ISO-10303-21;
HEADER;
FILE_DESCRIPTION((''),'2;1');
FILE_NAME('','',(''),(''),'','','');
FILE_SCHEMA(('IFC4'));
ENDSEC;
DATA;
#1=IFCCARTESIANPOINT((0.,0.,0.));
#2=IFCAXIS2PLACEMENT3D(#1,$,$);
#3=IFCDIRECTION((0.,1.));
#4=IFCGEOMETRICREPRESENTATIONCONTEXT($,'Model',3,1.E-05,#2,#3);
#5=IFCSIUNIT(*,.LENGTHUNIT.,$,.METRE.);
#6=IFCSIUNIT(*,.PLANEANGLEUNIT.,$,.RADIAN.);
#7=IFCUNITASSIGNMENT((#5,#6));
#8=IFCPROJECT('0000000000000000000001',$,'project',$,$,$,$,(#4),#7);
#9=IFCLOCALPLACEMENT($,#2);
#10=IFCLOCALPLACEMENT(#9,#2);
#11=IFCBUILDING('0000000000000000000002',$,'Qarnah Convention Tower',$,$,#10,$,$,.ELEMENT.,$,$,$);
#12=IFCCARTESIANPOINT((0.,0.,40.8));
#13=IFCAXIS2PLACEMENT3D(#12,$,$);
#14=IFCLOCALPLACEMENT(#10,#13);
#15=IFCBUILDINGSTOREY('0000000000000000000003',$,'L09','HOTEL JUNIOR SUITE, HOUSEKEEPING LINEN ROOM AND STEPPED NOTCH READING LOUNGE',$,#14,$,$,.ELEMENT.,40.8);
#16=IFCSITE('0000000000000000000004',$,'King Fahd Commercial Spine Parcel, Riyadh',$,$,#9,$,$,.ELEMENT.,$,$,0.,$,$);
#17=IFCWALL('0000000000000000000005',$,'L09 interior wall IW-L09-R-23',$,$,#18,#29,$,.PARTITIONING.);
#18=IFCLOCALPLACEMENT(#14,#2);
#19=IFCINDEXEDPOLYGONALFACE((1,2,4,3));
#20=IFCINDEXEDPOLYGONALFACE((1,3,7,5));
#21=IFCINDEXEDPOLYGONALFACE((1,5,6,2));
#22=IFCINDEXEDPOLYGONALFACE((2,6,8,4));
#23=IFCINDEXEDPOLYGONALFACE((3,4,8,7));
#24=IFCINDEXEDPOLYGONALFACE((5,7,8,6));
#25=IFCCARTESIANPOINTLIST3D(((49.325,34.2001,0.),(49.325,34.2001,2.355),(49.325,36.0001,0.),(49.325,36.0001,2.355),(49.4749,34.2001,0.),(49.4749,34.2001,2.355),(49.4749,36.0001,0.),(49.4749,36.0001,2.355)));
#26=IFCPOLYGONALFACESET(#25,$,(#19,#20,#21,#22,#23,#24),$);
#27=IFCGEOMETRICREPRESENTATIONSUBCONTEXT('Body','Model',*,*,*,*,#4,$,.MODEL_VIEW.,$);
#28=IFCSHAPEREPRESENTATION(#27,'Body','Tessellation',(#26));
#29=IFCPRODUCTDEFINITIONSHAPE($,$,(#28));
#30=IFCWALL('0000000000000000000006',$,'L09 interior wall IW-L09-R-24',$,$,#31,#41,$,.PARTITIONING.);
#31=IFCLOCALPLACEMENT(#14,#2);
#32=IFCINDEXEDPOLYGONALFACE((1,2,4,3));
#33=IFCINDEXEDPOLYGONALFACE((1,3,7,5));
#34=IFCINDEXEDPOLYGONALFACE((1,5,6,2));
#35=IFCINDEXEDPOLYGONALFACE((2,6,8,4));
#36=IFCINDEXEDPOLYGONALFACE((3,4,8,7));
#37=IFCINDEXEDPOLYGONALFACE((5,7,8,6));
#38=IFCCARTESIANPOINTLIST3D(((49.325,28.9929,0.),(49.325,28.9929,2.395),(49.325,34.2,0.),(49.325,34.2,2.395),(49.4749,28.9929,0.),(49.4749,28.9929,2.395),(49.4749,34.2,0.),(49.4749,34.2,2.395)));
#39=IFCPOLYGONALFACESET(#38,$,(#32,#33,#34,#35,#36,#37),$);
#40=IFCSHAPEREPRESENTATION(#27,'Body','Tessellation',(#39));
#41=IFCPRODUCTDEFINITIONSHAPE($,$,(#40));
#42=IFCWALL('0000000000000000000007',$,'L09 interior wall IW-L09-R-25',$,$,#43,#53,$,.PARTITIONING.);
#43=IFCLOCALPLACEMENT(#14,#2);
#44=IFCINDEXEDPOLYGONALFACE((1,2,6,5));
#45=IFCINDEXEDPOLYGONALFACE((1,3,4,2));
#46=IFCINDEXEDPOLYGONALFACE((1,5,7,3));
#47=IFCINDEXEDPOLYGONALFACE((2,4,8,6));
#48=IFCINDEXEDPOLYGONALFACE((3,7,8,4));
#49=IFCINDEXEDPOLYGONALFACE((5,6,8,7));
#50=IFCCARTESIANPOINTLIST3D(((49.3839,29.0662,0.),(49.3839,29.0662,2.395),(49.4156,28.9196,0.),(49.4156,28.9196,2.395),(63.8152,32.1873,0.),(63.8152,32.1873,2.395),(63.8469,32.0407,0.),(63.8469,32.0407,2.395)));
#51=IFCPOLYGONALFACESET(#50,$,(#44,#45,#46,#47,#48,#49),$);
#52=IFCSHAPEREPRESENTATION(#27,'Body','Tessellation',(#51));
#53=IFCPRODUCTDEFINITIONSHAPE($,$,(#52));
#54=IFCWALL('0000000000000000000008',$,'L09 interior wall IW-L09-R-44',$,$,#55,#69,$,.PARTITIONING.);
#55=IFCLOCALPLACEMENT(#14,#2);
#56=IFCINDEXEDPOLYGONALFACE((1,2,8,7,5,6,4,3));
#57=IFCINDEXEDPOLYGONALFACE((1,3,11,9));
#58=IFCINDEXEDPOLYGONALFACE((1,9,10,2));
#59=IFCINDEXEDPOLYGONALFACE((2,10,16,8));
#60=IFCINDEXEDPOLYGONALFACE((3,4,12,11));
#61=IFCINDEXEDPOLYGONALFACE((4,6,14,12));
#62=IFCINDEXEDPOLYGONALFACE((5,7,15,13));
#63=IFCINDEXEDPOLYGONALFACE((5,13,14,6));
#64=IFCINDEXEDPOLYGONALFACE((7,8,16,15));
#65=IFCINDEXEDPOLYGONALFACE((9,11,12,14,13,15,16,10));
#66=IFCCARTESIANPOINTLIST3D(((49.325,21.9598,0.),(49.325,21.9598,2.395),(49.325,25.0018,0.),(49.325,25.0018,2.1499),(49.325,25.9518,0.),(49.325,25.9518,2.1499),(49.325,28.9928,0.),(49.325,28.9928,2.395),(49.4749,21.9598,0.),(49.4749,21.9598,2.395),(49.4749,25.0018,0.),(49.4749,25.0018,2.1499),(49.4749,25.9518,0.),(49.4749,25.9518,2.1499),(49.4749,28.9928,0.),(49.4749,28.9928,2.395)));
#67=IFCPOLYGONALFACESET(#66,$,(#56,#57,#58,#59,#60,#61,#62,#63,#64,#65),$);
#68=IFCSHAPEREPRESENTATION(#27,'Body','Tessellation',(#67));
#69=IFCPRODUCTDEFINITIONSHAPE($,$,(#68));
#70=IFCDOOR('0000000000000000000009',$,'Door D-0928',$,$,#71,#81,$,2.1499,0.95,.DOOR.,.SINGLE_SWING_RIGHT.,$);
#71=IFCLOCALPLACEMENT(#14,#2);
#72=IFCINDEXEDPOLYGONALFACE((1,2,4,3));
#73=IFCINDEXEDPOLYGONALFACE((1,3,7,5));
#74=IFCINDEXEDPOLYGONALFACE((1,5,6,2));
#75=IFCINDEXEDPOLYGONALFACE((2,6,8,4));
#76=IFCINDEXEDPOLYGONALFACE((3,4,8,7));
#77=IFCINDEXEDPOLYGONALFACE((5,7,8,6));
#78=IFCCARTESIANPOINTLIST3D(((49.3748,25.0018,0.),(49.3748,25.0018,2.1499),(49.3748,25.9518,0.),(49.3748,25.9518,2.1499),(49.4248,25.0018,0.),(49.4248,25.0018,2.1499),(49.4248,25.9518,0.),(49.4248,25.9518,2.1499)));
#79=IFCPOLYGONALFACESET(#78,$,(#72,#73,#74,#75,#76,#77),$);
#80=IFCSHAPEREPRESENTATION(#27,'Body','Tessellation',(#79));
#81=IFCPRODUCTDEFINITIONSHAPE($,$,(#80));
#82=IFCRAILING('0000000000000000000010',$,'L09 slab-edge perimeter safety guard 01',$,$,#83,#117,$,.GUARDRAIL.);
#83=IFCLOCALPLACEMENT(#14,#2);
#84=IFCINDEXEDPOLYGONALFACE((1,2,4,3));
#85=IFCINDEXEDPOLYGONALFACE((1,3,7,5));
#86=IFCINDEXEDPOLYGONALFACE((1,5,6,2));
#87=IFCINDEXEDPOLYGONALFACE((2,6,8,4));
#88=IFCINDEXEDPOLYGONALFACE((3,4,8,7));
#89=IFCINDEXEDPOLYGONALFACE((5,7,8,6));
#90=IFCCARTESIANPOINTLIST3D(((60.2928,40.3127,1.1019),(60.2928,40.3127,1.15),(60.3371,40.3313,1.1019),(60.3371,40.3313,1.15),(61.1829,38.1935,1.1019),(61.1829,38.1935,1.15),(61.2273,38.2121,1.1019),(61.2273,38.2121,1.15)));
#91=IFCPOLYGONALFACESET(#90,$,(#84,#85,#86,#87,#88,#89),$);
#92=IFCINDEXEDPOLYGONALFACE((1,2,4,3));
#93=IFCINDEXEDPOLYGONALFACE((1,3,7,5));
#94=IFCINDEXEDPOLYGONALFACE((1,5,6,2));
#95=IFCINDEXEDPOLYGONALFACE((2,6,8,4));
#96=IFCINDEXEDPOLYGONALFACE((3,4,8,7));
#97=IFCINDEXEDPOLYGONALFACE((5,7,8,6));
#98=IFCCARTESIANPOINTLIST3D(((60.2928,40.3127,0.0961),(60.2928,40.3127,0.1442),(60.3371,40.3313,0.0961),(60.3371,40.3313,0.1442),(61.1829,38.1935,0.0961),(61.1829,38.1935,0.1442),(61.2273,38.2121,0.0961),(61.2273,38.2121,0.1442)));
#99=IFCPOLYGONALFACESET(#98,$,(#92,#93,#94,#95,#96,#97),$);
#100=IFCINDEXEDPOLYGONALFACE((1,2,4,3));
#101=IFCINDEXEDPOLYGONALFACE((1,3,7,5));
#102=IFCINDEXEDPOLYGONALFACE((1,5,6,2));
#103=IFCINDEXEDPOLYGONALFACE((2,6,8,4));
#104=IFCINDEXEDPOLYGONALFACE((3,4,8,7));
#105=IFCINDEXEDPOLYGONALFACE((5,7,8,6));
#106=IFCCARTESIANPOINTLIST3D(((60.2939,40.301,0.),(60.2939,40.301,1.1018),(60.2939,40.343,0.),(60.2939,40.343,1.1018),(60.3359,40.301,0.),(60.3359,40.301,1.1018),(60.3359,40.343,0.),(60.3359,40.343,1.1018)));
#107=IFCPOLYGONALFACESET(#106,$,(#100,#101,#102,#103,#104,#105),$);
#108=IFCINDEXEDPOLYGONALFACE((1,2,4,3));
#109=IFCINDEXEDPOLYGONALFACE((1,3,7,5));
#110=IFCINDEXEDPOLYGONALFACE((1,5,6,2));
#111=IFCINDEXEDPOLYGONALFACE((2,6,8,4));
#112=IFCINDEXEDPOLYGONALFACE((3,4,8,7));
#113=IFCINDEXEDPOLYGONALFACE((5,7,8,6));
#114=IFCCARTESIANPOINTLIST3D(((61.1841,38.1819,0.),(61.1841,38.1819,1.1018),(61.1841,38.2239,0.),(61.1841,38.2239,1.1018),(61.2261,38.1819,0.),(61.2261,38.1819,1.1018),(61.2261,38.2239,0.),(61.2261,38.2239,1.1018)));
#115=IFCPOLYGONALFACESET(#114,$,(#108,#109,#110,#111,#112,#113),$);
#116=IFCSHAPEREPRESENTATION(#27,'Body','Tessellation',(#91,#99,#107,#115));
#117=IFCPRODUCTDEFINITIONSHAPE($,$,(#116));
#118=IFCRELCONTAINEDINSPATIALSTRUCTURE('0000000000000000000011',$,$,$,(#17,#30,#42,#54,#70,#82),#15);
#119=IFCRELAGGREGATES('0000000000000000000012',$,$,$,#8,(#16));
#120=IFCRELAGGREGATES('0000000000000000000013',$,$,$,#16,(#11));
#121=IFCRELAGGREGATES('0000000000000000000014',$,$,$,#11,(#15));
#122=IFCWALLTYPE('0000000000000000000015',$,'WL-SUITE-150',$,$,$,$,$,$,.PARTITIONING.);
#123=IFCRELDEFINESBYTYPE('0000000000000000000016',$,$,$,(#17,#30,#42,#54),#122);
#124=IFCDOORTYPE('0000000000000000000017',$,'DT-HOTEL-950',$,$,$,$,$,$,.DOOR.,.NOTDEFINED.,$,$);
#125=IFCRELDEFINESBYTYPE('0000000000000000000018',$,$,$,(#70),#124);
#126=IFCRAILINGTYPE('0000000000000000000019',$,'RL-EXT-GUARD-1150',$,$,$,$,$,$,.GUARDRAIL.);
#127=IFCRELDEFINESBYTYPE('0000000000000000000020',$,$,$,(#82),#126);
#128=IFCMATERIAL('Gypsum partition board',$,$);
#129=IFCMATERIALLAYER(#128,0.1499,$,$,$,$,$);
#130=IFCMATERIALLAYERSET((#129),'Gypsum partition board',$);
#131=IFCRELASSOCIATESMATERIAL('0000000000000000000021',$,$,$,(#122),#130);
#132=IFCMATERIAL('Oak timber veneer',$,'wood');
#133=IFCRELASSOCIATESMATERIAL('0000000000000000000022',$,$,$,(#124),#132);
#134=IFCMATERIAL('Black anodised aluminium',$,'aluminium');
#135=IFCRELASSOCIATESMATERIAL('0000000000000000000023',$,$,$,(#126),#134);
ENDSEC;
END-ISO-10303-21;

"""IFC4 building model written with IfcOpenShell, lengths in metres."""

from ifc_helpers import new_model, si_unit, direction, frame, frame_2d, origin, origin_2d, place, context, subcontext, project, spatial, rectangle, extrude, material, layer, layer_set, type_object, element, fill, save


model = new_model("IFC4")

# Units and contexts
model_context = context("Model", 3, precision=1e-05, world=origin(), true_north=direction((0.0, 1.0)))
body_context = subcontext(model_context, "Body", "Model", "MODEL_VIEW")
ifc_project = project(units=[si_unit("LENGTHUNIT", "METRE"), si_unit("PLANEANGLEUNIT", "RADIAN")], contexts=[model_context])

# Site, building, storey
site_placement = place(None, origin())
site = spatial("IfcSite", under=ifc_project, at=site_placement, Name="King Fahd Commercial Spine Parcel, Riyadh", CompositionType="ELEMENT", RefElevation=0.0)
building_placement = place(site_placement, origin())
building = spatial("IfcBuilding", under=site, at=building_placement, Name="Qarnah Convention Tower", CompositionType="ELEMENT")
storey_placement = place(building_placement, frame((0.0, 0.0, 40.8)))
storey = spatial("IfcBuildingStorey", under=building, at=storey_placement, Name="L09", Description="HOTEL JUNIOR SUITE, HOUSEKEEPING LINEN ROOM AND STEPPED NOTCH READING LOUNGE", CompositionType="ELEMENT", Elevation=40.8)

# Shared definitions
ifc_material_1 = material(Name="Black anodised aluminium", Category="aluminium")

# Walls
ifc_material_2 = material(Name="Gypsum partition board")
ifc_layer_1 = layer(ifc_material_2, 0.1499)
ifc_layer_set_1 = layer_set([ifc_layer_1], Name="Gypsum partition board")
wall_type_1 = type_object("IfcWallType", Name="WL-SUITE-150", PredefinedType="PARTITIONING", material=ifc_layer_set_1)
wall_1_placement = place(storey_placement, frame((49.3999, 36.0, 0.0), z_axis=(0.0, 0.0, 1.0), x_axis=(0.0, -1.0, 0.0)))
element("IfcWall", 1, at=wall_1_placement, inside=storey, type_object=wall_type_1, Name="L09 interior wall IW-L09-R-23", PredefinedType="PARTITIONING", context=body_context, shape_type="SweptSolid", body=[
    extrude(rectangle(XDim=1.8, YDim=0.1499, at=frame_2d((0.8999, 0.0))), origin(), (0.0, 0.0, 1.0), 2.355),
])
wall_2_placement = place(storey_placement, frame((49.3999, 34.2, 0.0), z_axis=(0.0, 0.0, 1.0), x_axis=(0.0, -1.0, 0.0)))
element("IfcWall", 2, at=wall_2_placement, inside=storey, type_object=wall_type_1, Name="L09 interior wall IW-L09-R-24", PredefinedType="PARTITIONING", context=body_context, shape_type="SweptSolid", body=[
    extrude(rectangle(XDim=5.207, YDim=0.1499, at=frame_2d((2.6035, 0.0))), origin(), (0.0, 0.0, 1.0), 2.395),
])
wall_3_placement = place(storey_placement, frame((49.3999, 28.9929, 0.0), z_axis=(0.0, 0.0, 1.0), x_axis=(0.977402, 0.211387, 0.0)))
element("IfcWall", 3, at=wall_3_placement, inside=storey, type_object=wall_type_1, Name="L09 interior wall IW-L09-R-25", PredefinedType="PARTITIONING", context=body_context, shape_type="SweptSolid", body=[
    extrude(rectangle(XDim=14.7649, YDim=0.1499, at=frame_2d((7.3823, 0.0))), origin(), (0.0, 0.0, 1.0), 2.395),
])

# Wall, opening, door
wall_4_placement = place(storey_placement, frame((49.3999, 28.9929, 0.0), z_axis=(0.0, 0.0, 1.0), x_axis=(0.0, -1.0, 0.0)))
wall_4 = element("IfcWall", 4, at=wall_4_placement, inside=storey, type_object=wall_type_1, Name="L09 interior wall IW-L09-R-44", PredefinedType="PARTITIONING", context=body_context, shape_type="SweptSolid", body=[
    extrude(rectangle(XDim=7.033, YDim=0.1499, at=frame_2d((3.5166, 0.0))), origin(), (0.0, 0.0, 1.0), 2.395),
])
opening_1_placement = place(wall_4_placement, frame((3.041, 0.0, 0.0)))
opening_1 = element("IfcOpeningElement", 5, at=opening_1_placement, cuts=wall_4, PredefinedType="OPENING", context=body_context, shape_type="SweptSolid", body=[
    extrude(rectangle(XDim=0.95, YDim=2.1499, at=frame_2d((0.4751, 1.075))), frame((0.0, 0.085, 0.0), z_axis=(0.0, -1.0, 0.0), x_axis=(1.0, 0.0, 0.0)), (0.0, 0.0, 1.0), 0.1699),
])
ifc_material_3 = material(Name="Oak timber veneer", Category="wood")
door_type_1 = type_object("IfcDoorType", Name="DT-HOTEL-950", OperationType="NOTDEFINED", PredefinedType="DOOR", material=ifc_material_3)
door_1_placement = place(opening_1_placement, origin())
door_1 = element("IfcDoor", 6, at=door_1_placement, inside=storey, type_object=door_type_1, Name="Door D-0928", OperationType="SINGLE_SWING_RIGHT", OverallHeight=2.1499, OverallWidth=0.95, PredefinedType="DOOR", context=body_context, shape_type="SweptSolid", body=[
    extrude(rectangle(XDim=0.95, YDim=2.1499, at=frame_2d((0.4751, 1.075))), frame((0.0, 0.0249, 0.0), z_axis=(0.0, -1.0, 0.0), x_axis=(1.0, 0.0, 0.0)), (0.0, 0.0, 1.0), 0.05),
])
fill(opening_1, door_1)

# Railing
railing_type = type_object("IfcRailingType", Name="RL-EXT-GUARD-1150", PredefinedType="GUARDRAIL", material=ifc_material_1)
railing_1_placement = place(storey_placement, frame((60.3149, 40.322, 0.0)))
element("IfcRailing", 7, at=railing_1_placement, inside=storey, type_object=railing_type, Name="L09 slab-edge perimeter safety guard 01", PredefinedType="GUARDRAIL", context=body_context, shape_type="SweptSolid", body=[
    extrude(rectangle(XDim=0.0481, YDim=0.0481, at=origin_2d()), frame((0.0, 0.0, 1.126), z_axis=(0.387269, -0.921967, 0.0), x_axis=(0.921967, 0.387269, 0.0)), (0.0, 0.0, 1.0), 2.2986),
    extrude(rectangle(XDim=0.0481, YDim=0.0481, at=origin_2d()), frame((0.0, 0.0, 0.1201), z_axis=(0.387269, -0.921967, 0.0), x_axis=(0.921967, 0.387269, 0.0)), (0.0, 0.0, 1.0), 2.2986),
    extrude(rectangle(XDim=0.042, YDim=0.042, at=origin_2d()), origin(), (0.0, 0.0, 1.0), 1.1018),
    extrude(rectangle(XDim=0.042, YDim=0.042, at=origin_2d()), frame((0.8901, -2.1191, 0.0)), (0.0, 0.0, 1.0), 1.1018),
])

save(model, "model.ifc")
